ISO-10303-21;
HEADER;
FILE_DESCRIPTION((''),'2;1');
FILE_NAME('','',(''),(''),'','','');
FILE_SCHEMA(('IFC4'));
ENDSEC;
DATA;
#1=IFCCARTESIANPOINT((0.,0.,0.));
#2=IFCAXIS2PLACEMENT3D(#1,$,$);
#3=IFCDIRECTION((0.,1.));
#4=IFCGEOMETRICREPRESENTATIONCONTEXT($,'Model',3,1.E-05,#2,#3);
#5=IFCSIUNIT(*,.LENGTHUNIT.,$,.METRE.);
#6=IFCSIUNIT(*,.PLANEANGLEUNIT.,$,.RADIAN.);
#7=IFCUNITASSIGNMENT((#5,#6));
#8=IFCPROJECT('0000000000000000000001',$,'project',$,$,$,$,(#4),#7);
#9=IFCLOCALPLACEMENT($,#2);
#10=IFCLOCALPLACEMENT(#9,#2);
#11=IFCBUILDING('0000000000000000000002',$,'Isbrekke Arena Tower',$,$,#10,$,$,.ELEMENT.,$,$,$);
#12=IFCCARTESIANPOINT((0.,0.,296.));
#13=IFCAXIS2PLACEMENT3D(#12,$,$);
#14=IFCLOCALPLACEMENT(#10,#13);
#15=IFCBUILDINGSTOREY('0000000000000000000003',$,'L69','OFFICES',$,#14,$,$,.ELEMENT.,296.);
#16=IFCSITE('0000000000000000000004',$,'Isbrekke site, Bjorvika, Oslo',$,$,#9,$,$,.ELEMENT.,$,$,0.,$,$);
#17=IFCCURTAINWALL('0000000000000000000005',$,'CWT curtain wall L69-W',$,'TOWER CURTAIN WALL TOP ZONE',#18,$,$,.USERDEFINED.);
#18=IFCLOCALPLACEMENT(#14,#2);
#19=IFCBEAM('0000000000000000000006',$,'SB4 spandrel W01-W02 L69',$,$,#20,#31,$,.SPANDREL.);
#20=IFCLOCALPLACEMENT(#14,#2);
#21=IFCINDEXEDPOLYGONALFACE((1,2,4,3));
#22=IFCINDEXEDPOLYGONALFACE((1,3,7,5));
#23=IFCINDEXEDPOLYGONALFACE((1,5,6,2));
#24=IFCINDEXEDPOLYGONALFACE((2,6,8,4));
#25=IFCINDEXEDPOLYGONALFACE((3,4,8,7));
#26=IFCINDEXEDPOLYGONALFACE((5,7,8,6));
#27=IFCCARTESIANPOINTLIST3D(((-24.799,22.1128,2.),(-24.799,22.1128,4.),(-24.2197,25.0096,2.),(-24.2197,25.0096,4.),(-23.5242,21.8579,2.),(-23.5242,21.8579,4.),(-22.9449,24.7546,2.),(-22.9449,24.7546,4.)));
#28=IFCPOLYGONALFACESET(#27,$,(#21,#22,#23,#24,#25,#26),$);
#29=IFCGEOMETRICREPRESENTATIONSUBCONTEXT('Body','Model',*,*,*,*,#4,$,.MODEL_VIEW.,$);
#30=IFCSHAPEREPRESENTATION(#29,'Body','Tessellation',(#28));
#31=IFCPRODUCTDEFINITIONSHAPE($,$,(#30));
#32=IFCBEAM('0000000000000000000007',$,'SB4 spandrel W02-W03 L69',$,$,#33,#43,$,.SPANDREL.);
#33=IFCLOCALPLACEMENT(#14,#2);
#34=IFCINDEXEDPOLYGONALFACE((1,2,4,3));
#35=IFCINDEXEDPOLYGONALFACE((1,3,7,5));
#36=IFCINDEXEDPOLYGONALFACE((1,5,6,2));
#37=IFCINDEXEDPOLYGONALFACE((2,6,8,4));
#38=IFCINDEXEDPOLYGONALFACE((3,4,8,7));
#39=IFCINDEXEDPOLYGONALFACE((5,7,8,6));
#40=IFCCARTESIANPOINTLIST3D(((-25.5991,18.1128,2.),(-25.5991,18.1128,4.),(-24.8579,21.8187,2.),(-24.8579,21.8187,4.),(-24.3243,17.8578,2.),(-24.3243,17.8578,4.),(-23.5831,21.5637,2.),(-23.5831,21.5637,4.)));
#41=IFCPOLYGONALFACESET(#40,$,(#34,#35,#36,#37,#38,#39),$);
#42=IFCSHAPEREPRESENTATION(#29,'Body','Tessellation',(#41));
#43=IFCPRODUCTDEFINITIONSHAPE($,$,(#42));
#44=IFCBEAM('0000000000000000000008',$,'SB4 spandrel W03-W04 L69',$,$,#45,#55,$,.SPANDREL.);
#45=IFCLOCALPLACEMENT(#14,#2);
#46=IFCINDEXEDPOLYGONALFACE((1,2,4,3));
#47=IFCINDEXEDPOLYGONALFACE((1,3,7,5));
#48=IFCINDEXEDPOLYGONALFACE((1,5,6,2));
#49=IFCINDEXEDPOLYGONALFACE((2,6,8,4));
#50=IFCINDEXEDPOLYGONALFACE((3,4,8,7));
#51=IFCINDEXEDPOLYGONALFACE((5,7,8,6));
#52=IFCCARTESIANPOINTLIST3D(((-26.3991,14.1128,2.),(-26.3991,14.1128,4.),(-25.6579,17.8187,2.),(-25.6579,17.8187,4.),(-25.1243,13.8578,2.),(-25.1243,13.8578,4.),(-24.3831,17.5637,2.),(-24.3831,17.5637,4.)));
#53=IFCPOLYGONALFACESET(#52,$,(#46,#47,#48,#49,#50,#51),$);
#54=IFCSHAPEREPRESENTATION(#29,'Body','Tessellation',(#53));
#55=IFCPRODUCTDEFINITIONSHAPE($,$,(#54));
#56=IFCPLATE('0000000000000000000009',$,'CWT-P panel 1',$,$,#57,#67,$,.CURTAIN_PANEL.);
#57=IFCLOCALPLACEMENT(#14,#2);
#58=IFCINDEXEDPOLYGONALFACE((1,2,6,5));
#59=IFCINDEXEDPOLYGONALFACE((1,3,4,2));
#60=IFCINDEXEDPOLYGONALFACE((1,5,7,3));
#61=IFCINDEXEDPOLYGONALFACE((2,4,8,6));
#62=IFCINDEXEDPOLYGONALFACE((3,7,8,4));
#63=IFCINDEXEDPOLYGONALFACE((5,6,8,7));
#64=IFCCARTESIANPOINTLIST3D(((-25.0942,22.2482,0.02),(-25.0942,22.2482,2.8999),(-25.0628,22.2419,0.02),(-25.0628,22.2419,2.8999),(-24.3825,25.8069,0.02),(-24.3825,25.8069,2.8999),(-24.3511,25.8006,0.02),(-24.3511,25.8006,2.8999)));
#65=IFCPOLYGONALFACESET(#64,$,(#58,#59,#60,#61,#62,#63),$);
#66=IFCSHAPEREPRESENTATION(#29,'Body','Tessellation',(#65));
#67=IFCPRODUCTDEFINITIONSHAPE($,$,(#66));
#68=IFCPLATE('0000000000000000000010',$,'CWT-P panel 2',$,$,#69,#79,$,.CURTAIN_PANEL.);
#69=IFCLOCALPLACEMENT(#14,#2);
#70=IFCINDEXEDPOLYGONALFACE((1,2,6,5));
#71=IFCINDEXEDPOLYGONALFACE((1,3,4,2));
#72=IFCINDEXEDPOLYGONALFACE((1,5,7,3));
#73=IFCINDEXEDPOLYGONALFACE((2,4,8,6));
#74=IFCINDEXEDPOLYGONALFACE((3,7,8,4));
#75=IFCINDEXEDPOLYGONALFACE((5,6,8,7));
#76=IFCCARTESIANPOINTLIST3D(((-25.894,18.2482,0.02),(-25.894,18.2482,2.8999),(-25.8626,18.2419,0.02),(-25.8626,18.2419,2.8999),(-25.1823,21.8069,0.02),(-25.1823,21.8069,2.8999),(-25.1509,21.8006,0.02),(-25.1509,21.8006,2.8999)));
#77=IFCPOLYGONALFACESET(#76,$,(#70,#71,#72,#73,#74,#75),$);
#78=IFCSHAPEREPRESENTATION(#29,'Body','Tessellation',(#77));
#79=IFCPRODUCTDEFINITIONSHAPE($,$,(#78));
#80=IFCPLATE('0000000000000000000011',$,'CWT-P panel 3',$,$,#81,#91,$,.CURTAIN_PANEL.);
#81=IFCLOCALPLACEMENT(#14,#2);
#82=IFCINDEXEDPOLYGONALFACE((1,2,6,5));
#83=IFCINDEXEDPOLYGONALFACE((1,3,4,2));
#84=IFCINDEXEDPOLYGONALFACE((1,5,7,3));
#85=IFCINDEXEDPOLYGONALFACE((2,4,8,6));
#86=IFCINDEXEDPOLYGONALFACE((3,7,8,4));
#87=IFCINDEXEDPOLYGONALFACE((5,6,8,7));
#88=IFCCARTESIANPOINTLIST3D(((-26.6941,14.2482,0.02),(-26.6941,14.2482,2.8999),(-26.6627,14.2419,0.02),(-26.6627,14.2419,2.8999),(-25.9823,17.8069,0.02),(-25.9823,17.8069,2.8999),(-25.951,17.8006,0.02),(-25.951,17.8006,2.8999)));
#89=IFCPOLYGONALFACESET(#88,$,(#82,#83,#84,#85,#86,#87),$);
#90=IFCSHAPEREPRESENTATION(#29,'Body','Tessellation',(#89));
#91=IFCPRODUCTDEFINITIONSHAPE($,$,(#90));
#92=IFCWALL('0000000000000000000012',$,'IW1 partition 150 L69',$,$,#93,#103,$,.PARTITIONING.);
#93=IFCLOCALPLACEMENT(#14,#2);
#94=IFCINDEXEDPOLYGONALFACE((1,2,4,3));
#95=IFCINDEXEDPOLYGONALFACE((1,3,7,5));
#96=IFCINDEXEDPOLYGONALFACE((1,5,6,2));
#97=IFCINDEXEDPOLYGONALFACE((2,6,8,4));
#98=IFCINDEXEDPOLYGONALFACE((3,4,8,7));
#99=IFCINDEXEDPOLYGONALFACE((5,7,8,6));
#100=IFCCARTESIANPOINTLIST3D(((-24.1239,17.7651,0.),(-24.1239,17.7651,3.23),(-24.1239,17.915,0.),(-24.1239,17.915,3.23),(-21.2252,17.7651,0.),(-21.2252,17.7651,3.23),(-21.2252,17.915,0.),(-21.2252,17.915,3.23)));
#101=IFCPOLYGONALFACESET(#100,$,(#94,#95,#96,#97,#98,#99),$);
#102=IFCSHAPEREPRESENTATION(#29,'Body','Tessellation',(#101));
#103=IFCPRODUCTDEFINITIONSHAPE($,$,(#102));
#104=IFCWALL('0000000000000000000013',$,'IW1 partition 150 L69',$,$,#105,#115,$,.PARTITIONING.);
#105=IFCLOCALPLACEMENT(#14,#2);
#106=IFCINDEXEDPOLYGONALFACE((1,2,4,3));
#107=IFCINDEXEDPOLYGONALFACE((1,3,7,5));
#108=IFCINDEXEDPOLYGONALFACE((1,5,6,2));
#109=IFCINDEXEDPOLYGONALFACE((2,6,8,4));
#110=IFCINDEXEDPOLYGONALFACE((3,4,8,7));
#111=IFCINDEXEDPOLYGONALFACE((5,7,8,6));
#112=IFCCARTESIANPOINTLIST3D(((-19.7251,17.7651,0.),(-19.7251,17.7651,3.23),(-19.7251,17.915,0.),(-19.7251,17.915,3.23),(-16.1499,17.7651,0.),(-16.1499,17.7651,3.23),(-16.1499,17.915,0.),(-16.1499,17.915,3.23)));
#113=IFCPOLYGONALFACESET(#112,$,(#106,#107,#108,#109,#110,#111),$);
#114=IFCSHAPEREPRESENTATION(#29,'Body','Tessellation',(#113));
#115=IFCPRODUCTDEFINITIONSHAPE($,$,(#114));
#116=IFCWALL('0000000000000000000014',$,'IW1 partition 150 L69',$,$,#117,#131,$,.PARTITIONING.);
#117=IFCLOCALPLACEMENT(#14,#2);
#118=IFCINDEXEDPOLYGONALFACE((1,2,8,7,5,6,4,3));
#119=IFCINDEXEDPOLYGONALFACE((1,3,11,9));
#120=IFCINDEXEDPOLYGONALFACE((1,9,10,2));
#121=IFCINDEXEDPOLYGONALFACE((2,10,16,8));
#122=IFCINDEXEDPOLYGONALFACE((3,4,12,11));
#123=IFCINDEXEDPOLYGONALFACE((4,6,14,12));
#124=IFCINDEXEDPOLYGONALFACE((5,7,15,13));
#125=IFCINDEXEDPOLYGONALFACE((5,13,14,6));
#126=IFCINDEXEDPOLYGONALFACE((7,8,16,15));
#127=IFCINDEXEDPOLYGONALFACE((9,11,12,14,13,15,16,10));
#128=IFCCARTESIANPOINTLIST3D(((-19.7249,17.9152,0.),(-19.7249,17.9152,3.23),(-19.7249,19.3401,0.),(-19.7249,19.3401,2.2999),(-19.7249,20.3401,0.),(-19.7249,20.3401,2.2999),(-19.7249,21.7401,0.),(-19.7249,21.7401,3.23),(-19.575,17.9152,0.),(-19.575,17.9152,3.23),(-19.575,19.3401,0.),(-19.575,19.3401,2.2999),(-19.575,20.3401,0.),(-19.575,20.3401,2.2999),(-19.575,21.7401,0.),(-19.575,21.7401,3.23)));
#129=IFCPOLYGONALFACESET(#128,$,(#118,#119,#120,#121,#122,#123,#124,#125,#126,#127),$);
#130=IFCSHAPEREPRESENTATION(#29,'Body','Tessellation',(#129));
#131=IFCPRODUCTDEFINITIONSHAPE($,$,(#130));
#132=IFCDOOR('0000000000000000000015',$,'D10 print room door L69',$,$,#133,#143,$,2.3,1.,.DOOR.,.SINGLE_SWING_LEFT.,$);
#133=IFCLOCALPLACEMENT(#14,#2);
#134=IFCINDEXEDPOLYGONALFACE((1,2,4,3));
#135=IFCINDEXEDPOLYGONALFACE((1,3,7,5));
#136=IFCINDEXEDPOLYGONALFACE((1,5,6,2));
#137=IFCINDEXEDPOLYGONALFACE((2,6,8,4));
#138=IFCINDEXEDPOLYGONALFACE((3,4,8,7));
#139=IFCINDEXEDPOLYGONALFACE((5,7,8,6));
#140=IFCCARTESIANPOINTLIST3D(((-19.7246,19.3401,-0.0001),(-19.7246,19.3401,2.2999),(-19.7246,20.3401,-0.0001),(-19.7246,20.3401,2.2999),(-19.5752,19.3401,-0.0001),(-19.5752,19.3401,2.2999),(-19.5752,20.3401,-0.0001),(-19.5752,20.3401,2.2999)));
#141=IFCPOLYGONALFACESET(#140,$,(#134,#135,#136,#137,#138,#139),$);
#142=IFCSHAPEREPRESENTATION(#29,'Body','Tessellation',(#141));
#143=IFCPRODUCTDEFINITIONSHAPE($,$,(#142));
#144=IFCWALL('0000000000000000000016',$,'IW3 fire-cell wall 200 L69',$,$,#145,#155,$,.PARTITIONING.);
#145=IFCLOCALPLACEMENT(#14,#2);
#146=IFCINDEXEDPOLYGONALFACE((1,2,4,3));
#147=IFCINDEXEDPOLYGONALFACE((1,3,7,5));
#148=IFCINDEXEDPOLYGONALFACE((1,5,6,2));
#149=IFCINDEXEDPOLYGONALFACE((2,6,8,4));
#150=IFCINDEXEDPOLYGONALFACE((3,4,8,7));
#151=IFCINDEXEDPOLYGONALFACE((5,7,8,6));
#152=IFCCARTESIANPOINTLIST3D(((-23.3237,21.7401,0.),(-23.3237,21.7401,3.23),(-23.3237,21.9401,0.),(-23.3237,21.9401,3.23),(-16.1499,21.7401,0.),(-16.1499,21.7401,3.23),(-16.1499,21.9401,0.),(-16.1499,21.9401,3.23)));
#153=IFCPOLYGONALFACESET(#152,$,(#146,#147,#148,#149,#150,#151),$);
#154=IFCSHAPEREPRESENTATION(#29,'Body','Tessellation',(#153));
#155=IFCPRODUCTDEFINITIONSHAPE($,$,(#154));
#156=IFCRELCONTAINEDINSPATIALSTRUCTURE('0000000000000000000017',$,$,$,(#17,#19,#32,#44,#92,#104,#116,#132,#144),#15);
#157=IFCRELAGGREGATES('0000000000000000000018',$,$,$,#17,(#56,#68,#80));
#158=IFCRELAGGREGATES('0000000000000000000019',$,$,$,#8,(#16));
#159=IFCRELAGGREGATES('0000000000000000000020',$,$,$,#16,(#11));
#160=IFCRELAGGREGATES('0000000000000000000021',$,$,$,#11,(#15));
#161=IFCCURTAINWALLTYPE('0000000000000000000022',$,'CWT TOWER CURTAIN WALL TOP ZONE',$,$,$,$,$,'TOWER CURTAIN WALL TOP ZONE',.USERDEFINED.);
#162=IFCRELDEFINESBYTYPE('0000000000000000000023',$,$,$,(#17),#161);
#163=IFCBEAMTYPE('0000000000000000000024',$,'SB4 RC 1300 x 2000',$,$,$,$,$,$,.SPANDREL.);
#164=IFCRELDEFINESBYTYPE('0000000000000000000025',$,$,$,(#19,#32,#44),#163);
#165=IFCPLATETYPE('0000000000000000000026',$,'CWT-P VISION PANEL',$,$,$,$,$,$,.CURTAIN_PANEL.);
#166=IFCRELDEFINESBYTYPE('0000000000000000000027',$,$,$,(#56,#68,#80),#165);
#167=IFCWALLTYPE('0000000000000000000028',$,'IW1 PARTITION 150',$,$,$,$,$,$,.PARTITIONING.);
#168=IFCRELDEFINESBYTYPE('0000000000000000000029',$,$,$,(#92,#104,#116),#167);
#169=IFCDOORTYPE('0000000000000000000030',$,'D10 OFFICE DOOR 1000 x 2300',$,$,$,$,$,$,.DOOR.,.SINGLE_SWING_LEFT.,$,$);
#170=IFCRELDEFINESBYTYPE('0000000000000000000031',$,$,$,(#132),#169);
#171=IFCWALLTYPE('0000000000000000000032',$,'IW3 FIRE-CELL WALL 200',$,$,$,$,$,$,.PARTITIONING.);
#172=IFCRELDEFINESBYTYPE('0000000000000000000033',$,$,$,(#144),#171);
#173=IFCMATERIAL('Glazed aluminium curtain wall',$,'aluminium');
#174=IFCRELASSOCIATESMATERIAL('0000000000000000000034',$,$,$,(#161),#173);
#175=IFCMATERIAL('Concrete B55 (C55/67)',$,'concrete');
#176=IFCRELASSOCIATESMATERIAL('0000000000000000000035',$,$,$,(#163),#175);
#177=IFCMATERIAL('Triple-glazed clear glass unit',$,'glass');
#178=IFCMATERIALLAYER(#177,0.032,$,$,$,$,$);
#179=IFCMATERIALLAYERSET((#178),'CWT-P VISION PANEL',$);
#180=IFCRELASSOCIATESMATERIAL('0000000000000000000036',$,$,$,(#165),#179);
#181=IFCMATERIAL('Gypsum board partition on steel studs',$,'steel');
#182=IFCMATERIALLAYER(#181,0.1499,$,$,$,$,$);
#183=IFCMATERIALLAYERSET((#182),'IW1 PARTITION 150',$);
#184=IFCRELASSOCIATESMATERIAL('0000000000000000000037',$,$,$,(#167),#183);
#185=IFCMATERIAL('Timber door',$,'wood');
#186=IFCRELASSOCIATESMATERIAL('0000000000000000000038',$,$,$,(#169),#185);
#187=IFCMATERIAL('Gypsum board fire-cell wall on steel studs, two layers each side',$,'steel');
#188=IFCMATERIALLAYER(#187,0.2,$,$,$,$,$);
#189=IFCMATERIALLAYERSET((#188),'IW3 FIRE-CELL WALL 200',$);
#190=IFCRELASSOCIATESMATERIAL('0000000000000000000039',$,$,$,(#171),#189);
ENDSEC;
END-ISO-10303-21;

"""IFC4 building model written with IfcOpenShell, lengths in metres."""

from ifc_helpers import new_model, si_unit, direction, frame, frame_2d, origin, origin_2d, place, context, subcontext, project, spatial, rectangle, extrude, material, layer, layer_set, material_profile, profile_set, type_object, element, fill, aggregate, save


model = new_model("IFC4")

# Units and contexts
model_context = context("Model", 3, precision=1e-05, world=origin(), true_north=direction((0.0, 1.0)))
body_context = subcontext(model_context, "Body", "Model", "MODEL_VIEW")
ifc_project = project(units=[si_unit("LENGTHUNIT", "METRE"), si_unit("PLANEANGLEUNIT", "RADIAN")], contexts=[model_context])

# Site, building, storey
site_placement = place(None, origin())
site = spatial("IfcSite", under=ifc_project, at=site_placement, Name="Isbrekke site, Bjorvika, Oslo", CompositionType="ELEMENT", RefElevation=0.0)
building_placement = place(site_placement, origin())
building = spatial("IfcBuilding", under=site, at=building_placement, Name="Isbrekke Arena Tower", CompositionType="ELEMENT")
storey_placement = place(building_placement, frame((0.0, 0.0, 296.0)))
storey = spatial("IfcBuildingStorey", under=building, at=storey_placement, Name="L69", Description="OFFICES", CompositionType="ELEMENT", Elevation=296.0)

# Curtain wall
ifc_material_1 = material(Name="Glazed aluminium curtain wall", Category="aluminium")
curtain_wall_type = type_object("IfcCurtainWallType", Name="CWT TOWER CURTAIN WALL TOP ZONE", ElementType="TOWER CURTAIN WALL TOP ZONE", PredefinedType="USERDEFINED", material=ifc_material_1)
curtain_wall_placement = place(storey_placement, origin())
curtain_wall = element("IfcCurtainWall", 1, at=curtain_wall_placement, inside=storey, type_object=curtain_wall_type, Name="CWT curtain wall L69-W", ObjectType="TOWER CURTAIN WALL TOP ZONE", PredefinedType="USERDEFINED")

# Beams
ifc_material_2 = material(Name="Concrete B55 (C55/67)", Category="concrete")
ifc_material_profile_1 = material_profile(ifc_material_2, rectangle(XDim=1.3, YDim=2.0, at=origin_2d()), Name="RC 1300x2000")
ifc_profile_set_1 = profile_set([ifc_material_profile_1], Name="Concrete B55 (C55/67)")
beam_type_1 = type_object("IfcBeamType", Name="SB4 RC 1300 x 2000", PredefinedType="SPANDREL", material=ifc_profile_set_1)
beam_1_placement = place(storey_placement, frame((-23.5823, 24.8821, 3.0), z_axis=(-0.196116, -0.980581, 0.0), x_axis=(0.980581, -0.196116, 0.0)))
element("IfcBeam", 2, at=beam_1_placement, inside=storey, type_object=beam_type_1, Name="SB4 spandrel W01-W02 L69", PredefinedType="SPANDREL", context=body_context, shape_type="SweptSolid", body=[
    extrude(rectangle(XDim=1.3, YDim=2.0, at=origin_2d()), origin(), (0.0, 0.0, 1.0), 2.9541),
])
for number, where, z_axis, x_axis, name in (
    (3, (-24.2205, 21.6912, 3.0), (-0.196129, -0.980578, 0.0), (0.980578, -0.196129, 0.0), "SB4 spandrel W02-W03 L69"),
    (4, (-25.0205, 17.6912, 3.0), (-0.196129, -0.980578, 0.0), (0.980578, -0.196129, 0.0), "SB4 spandrel W03-W04 L69"),
):
    element("IfcBeam", number, at=place(storey_placement, frame(where, z_axis=z_axis, x_axis=x_axis)), inside=storey, type_object=beam_type_1, Name=name, PredefinedType="SPANDREL", context=body_context, shape_type="SweptSolid", body=[
        extrude(rectangle(XDim=1.3, YDim=2.0, at=origin_2d()), origin(), (0.0, 0.0, 1.0), 3.7793),
    ])

# Plates
ifc_material_3 = material(Name="Triple-glazed clear glass unit", Category="glass")
ifc_layer_1 = layer(ifc_material_3, 0.032)
ifc_layer_set_1 = layer_set([ifc_layer_1], Name="CWT-P VISION PANEL")
plate_type = type_object("IfcPlateType", Name="CWT-P VISION PANEL", PredefinedType="CURTAIN_PANEL", material=ifc_layer_set_1)
plate_1_placement = place(storey_placement, frame((-24.7227, 24.0244, 0.02), z_axis=(0.0, 0.0, 1.0), x_axis=(-0.196116, -0.980581, 0.0)))
plate_1 = element("IfcPlate", 5, at=plate_1_placement, type_object=plate_type, Name="CWT-P panel 1", PredefinedType="CURTAIN_PANEL", context=body_context, shape_type="SweptSolid", body=[
    extrude(rectangle(XDim=3.6292, YDim=0.032, at=origin_2d()), origin(), (0.0, 0.0, 1.0), 2.8799),
])
plate_2_placement = place(storey_placement, frame((-25.5225, 20.0244, 0.02), z_axis=(0.0, 0.0, 1.0), x_axis=(-0.196116, -0.980581, 0.0)))
plate_2 = element("IfcPlate", 6, at=plate_2_placement, type_object=plate_type, Name="CWT-P panel 2", PredefinedType="CURTAIN_PANEL", context=body_context, shape_type="SweptSolid", body=[
    extrude(rectangle(XDim=3.6292, YDim=0.032, at=origin_2d()), origin(), (0.0, 0.0, 1.0), 2.8799),
])
plate_3_placement = place(storey_placement, frame((-26.3225, 16.0244, 0.02), z_axis=(0.0, 0.0, 1.0), x_axis=(-0.196116, -0.980581, 0.0)))
plate_3 = element("IfcPlate", 7, at=plate_3_placement, type_object=plate_type, Name="CWT-P panel 3", PredefinedType="CURTAIN_PANEL", context=body_context, shape_type="SweptSolid", body=[
    extrude(rectangle(XDim=3.6292, YDim=0.032, at=origin_2d()), origin(), (0.0, 0.0, 1.0), 2.8799),
])
aggregate(curtain_wall, [plate_1, plate_2, plate_3])

# Walls
ifc_material_4 = material(Name="Gypsum board partition on steel studs", Category="steel")
ifc_layer_2 = layer(ifc_material_4, 0.1499)
ifc_layer_set_2 = layer_set([ifc_layer_2], Name="IW1 PARTITION 150")
wall_type_1 = type_object("IfcWallType", Name="IW1 PARTITION 150", PredefinedType="PARTITIONING", material=ifc_layer_set_2)
wall_1_placement = place(storey_placement, frame((-24.1238, 17.8401, 0.0), z_axis=(0.0, 0.0, 1.0), x_axis=(1.0, 0.0, 0.0)))
element("IfcWall", 8, at=wall_1_placement, inside=storey, type_object=wall_type_1, Name="IW1 partition 150 L69", PredefinedType="PARTITIONING", context=body_context, shape_type="SweptSolid", body=[
    extrude(rectangle(XDim=2.8987, YDim=0.1499, at=frame_2d((1.4492, 0.0))), origin(), (0.0, 0.0, 1.0), 3.23),
])
wall_2_placement = place(storey_placement, frame((-19.7251, 17.8401, 0.0), z_axis=(0.0, 0.0, 1.0), x_axis=(1.0, 0.0, 0.0)))
element("IfcWall", 9, at=wall_2_placement, inside=storey, type_object=wall_type_1, Name="IW1 partition 150 L69", PredefinedType="PARTITIONING", context=body_context, shape_type="SweptSolid", body=[
    extrude(rectangle(XDim=3.5752, YDim=0.1499, at=frame_2d((1.7876, 0.0))), origin(), (0.0, 0.0, 1.0), 3.23),
])

# Wall, opening, door
wall_3_placement = place(storey_placement, frame((-19.6499, 17.915, 0.0), z_axis=(0.0, 0.0, 1.0), x_axis=(0.0, 1.0, 0.0)))
wall_3 = element("IfcWall", 10, at=wall_3_placement, inside=storey, type_object=wall_type_1, Name="IW1 partition 150 L69", PredefinedType="PARTITIONING", context=body_context, shape_type="SweptSolid", body=[
    extrude(rectangle(XDim=3.825, YDim=0.1499, at=frame_2d((1.9126, 0.0))), origin(), (0.0, 0.0, 1.0), 3.23),
])
opening_placement = place(wall_3_placement, frame((1.425, 0.0, 0.0)))
opening = element("IfcOpeningElement", 11, at=opening_placement, cuts=wall_3, PredefinedType="OPENING", context=body_context, shape_type="SweptSolid", body=[
    extrude(rectangle(XDim=1.0, YDim=2.3, at=frame_2d((0.5, 1.1499))), frame((0.0, 0.0898, 0.0), z_axis=(0.0, -1.0, 0.0), x_axis=(1.0, 0.0, 0.0)), (0.0, 0.0, 1.0), 0.1797),
])
ifc_material_5 = material(Name="Timber door", Category="wood")
door_type = type_object("IfcDoorType", Name="D10 OFFICE DOOR 1000 x 2300", OperationType="SINGLE_SWING_LEFT", PredefinedType="DOOR", material=ifc_material_5)
door_placement = place(opening_placement, origin())
door = element("IfcDoor", 12, at=door_placement, inside=storey, type_object=door_type, Name="D10 print room door L69", OperationType="SINGLE_SWING_LEFT", OverallHeight=2.3, OverallWidth=1.0, PredefinedType="DOOR", context=body_context, shape_type="SweptSolid", body=[
    extrude(rectangle(XDim=1.0, YDim=2.3, at=frame_2d((0.5, 1.1499))), frame((0.0, 0.0747, 0.0), z_axis=(0.0, -1.0, 0.0), x_axis=(1.0, 0.0, 0.0)), (0.0, 0.0, 1.0), 0.1494),
])
fill(opening, door)

# Wall
ifc_material_6 = material(Name="Gypsum board fire-cell wall on steel studs, two layers each side", Category="steel")
ifc_layer_3 = layer(ifc_material_6, 0.2)
ifc_layer_set_3 = layer_set([ifc_layer_3], Name="IW3 FIRE-CELL WALL 200")
wall_type_2 = type_object("IfcWallType", Name="IW3 FIRE-CELL WALL 200", PredefinedType="PARTITIONING", material=ifc_layer_set_3)
wall_4_placement = place(storey_placement, frame((-23.3237, 21.8401, 0.0), z_axis=(0.0, 0.0, 1.0), x_axis=(1.0, 0.0, 0.0)))
element("IfcWall", 13, at=wall_4_placement, inside=storey, type_object=wall_type_2, Name="IW3 fire-cell wall 200 L69", PredefinedType="PARTITIONING", context=body_context, shape_type="SweptSolid", body=[
    extrude(rectangle(XDim=7.1738, YDim=0.2, at=frame_2d((3.5869, 0.0))), origin(), (0.0, 0.0, 1.0), 3.23),
])

save(model, "model.ifc")
